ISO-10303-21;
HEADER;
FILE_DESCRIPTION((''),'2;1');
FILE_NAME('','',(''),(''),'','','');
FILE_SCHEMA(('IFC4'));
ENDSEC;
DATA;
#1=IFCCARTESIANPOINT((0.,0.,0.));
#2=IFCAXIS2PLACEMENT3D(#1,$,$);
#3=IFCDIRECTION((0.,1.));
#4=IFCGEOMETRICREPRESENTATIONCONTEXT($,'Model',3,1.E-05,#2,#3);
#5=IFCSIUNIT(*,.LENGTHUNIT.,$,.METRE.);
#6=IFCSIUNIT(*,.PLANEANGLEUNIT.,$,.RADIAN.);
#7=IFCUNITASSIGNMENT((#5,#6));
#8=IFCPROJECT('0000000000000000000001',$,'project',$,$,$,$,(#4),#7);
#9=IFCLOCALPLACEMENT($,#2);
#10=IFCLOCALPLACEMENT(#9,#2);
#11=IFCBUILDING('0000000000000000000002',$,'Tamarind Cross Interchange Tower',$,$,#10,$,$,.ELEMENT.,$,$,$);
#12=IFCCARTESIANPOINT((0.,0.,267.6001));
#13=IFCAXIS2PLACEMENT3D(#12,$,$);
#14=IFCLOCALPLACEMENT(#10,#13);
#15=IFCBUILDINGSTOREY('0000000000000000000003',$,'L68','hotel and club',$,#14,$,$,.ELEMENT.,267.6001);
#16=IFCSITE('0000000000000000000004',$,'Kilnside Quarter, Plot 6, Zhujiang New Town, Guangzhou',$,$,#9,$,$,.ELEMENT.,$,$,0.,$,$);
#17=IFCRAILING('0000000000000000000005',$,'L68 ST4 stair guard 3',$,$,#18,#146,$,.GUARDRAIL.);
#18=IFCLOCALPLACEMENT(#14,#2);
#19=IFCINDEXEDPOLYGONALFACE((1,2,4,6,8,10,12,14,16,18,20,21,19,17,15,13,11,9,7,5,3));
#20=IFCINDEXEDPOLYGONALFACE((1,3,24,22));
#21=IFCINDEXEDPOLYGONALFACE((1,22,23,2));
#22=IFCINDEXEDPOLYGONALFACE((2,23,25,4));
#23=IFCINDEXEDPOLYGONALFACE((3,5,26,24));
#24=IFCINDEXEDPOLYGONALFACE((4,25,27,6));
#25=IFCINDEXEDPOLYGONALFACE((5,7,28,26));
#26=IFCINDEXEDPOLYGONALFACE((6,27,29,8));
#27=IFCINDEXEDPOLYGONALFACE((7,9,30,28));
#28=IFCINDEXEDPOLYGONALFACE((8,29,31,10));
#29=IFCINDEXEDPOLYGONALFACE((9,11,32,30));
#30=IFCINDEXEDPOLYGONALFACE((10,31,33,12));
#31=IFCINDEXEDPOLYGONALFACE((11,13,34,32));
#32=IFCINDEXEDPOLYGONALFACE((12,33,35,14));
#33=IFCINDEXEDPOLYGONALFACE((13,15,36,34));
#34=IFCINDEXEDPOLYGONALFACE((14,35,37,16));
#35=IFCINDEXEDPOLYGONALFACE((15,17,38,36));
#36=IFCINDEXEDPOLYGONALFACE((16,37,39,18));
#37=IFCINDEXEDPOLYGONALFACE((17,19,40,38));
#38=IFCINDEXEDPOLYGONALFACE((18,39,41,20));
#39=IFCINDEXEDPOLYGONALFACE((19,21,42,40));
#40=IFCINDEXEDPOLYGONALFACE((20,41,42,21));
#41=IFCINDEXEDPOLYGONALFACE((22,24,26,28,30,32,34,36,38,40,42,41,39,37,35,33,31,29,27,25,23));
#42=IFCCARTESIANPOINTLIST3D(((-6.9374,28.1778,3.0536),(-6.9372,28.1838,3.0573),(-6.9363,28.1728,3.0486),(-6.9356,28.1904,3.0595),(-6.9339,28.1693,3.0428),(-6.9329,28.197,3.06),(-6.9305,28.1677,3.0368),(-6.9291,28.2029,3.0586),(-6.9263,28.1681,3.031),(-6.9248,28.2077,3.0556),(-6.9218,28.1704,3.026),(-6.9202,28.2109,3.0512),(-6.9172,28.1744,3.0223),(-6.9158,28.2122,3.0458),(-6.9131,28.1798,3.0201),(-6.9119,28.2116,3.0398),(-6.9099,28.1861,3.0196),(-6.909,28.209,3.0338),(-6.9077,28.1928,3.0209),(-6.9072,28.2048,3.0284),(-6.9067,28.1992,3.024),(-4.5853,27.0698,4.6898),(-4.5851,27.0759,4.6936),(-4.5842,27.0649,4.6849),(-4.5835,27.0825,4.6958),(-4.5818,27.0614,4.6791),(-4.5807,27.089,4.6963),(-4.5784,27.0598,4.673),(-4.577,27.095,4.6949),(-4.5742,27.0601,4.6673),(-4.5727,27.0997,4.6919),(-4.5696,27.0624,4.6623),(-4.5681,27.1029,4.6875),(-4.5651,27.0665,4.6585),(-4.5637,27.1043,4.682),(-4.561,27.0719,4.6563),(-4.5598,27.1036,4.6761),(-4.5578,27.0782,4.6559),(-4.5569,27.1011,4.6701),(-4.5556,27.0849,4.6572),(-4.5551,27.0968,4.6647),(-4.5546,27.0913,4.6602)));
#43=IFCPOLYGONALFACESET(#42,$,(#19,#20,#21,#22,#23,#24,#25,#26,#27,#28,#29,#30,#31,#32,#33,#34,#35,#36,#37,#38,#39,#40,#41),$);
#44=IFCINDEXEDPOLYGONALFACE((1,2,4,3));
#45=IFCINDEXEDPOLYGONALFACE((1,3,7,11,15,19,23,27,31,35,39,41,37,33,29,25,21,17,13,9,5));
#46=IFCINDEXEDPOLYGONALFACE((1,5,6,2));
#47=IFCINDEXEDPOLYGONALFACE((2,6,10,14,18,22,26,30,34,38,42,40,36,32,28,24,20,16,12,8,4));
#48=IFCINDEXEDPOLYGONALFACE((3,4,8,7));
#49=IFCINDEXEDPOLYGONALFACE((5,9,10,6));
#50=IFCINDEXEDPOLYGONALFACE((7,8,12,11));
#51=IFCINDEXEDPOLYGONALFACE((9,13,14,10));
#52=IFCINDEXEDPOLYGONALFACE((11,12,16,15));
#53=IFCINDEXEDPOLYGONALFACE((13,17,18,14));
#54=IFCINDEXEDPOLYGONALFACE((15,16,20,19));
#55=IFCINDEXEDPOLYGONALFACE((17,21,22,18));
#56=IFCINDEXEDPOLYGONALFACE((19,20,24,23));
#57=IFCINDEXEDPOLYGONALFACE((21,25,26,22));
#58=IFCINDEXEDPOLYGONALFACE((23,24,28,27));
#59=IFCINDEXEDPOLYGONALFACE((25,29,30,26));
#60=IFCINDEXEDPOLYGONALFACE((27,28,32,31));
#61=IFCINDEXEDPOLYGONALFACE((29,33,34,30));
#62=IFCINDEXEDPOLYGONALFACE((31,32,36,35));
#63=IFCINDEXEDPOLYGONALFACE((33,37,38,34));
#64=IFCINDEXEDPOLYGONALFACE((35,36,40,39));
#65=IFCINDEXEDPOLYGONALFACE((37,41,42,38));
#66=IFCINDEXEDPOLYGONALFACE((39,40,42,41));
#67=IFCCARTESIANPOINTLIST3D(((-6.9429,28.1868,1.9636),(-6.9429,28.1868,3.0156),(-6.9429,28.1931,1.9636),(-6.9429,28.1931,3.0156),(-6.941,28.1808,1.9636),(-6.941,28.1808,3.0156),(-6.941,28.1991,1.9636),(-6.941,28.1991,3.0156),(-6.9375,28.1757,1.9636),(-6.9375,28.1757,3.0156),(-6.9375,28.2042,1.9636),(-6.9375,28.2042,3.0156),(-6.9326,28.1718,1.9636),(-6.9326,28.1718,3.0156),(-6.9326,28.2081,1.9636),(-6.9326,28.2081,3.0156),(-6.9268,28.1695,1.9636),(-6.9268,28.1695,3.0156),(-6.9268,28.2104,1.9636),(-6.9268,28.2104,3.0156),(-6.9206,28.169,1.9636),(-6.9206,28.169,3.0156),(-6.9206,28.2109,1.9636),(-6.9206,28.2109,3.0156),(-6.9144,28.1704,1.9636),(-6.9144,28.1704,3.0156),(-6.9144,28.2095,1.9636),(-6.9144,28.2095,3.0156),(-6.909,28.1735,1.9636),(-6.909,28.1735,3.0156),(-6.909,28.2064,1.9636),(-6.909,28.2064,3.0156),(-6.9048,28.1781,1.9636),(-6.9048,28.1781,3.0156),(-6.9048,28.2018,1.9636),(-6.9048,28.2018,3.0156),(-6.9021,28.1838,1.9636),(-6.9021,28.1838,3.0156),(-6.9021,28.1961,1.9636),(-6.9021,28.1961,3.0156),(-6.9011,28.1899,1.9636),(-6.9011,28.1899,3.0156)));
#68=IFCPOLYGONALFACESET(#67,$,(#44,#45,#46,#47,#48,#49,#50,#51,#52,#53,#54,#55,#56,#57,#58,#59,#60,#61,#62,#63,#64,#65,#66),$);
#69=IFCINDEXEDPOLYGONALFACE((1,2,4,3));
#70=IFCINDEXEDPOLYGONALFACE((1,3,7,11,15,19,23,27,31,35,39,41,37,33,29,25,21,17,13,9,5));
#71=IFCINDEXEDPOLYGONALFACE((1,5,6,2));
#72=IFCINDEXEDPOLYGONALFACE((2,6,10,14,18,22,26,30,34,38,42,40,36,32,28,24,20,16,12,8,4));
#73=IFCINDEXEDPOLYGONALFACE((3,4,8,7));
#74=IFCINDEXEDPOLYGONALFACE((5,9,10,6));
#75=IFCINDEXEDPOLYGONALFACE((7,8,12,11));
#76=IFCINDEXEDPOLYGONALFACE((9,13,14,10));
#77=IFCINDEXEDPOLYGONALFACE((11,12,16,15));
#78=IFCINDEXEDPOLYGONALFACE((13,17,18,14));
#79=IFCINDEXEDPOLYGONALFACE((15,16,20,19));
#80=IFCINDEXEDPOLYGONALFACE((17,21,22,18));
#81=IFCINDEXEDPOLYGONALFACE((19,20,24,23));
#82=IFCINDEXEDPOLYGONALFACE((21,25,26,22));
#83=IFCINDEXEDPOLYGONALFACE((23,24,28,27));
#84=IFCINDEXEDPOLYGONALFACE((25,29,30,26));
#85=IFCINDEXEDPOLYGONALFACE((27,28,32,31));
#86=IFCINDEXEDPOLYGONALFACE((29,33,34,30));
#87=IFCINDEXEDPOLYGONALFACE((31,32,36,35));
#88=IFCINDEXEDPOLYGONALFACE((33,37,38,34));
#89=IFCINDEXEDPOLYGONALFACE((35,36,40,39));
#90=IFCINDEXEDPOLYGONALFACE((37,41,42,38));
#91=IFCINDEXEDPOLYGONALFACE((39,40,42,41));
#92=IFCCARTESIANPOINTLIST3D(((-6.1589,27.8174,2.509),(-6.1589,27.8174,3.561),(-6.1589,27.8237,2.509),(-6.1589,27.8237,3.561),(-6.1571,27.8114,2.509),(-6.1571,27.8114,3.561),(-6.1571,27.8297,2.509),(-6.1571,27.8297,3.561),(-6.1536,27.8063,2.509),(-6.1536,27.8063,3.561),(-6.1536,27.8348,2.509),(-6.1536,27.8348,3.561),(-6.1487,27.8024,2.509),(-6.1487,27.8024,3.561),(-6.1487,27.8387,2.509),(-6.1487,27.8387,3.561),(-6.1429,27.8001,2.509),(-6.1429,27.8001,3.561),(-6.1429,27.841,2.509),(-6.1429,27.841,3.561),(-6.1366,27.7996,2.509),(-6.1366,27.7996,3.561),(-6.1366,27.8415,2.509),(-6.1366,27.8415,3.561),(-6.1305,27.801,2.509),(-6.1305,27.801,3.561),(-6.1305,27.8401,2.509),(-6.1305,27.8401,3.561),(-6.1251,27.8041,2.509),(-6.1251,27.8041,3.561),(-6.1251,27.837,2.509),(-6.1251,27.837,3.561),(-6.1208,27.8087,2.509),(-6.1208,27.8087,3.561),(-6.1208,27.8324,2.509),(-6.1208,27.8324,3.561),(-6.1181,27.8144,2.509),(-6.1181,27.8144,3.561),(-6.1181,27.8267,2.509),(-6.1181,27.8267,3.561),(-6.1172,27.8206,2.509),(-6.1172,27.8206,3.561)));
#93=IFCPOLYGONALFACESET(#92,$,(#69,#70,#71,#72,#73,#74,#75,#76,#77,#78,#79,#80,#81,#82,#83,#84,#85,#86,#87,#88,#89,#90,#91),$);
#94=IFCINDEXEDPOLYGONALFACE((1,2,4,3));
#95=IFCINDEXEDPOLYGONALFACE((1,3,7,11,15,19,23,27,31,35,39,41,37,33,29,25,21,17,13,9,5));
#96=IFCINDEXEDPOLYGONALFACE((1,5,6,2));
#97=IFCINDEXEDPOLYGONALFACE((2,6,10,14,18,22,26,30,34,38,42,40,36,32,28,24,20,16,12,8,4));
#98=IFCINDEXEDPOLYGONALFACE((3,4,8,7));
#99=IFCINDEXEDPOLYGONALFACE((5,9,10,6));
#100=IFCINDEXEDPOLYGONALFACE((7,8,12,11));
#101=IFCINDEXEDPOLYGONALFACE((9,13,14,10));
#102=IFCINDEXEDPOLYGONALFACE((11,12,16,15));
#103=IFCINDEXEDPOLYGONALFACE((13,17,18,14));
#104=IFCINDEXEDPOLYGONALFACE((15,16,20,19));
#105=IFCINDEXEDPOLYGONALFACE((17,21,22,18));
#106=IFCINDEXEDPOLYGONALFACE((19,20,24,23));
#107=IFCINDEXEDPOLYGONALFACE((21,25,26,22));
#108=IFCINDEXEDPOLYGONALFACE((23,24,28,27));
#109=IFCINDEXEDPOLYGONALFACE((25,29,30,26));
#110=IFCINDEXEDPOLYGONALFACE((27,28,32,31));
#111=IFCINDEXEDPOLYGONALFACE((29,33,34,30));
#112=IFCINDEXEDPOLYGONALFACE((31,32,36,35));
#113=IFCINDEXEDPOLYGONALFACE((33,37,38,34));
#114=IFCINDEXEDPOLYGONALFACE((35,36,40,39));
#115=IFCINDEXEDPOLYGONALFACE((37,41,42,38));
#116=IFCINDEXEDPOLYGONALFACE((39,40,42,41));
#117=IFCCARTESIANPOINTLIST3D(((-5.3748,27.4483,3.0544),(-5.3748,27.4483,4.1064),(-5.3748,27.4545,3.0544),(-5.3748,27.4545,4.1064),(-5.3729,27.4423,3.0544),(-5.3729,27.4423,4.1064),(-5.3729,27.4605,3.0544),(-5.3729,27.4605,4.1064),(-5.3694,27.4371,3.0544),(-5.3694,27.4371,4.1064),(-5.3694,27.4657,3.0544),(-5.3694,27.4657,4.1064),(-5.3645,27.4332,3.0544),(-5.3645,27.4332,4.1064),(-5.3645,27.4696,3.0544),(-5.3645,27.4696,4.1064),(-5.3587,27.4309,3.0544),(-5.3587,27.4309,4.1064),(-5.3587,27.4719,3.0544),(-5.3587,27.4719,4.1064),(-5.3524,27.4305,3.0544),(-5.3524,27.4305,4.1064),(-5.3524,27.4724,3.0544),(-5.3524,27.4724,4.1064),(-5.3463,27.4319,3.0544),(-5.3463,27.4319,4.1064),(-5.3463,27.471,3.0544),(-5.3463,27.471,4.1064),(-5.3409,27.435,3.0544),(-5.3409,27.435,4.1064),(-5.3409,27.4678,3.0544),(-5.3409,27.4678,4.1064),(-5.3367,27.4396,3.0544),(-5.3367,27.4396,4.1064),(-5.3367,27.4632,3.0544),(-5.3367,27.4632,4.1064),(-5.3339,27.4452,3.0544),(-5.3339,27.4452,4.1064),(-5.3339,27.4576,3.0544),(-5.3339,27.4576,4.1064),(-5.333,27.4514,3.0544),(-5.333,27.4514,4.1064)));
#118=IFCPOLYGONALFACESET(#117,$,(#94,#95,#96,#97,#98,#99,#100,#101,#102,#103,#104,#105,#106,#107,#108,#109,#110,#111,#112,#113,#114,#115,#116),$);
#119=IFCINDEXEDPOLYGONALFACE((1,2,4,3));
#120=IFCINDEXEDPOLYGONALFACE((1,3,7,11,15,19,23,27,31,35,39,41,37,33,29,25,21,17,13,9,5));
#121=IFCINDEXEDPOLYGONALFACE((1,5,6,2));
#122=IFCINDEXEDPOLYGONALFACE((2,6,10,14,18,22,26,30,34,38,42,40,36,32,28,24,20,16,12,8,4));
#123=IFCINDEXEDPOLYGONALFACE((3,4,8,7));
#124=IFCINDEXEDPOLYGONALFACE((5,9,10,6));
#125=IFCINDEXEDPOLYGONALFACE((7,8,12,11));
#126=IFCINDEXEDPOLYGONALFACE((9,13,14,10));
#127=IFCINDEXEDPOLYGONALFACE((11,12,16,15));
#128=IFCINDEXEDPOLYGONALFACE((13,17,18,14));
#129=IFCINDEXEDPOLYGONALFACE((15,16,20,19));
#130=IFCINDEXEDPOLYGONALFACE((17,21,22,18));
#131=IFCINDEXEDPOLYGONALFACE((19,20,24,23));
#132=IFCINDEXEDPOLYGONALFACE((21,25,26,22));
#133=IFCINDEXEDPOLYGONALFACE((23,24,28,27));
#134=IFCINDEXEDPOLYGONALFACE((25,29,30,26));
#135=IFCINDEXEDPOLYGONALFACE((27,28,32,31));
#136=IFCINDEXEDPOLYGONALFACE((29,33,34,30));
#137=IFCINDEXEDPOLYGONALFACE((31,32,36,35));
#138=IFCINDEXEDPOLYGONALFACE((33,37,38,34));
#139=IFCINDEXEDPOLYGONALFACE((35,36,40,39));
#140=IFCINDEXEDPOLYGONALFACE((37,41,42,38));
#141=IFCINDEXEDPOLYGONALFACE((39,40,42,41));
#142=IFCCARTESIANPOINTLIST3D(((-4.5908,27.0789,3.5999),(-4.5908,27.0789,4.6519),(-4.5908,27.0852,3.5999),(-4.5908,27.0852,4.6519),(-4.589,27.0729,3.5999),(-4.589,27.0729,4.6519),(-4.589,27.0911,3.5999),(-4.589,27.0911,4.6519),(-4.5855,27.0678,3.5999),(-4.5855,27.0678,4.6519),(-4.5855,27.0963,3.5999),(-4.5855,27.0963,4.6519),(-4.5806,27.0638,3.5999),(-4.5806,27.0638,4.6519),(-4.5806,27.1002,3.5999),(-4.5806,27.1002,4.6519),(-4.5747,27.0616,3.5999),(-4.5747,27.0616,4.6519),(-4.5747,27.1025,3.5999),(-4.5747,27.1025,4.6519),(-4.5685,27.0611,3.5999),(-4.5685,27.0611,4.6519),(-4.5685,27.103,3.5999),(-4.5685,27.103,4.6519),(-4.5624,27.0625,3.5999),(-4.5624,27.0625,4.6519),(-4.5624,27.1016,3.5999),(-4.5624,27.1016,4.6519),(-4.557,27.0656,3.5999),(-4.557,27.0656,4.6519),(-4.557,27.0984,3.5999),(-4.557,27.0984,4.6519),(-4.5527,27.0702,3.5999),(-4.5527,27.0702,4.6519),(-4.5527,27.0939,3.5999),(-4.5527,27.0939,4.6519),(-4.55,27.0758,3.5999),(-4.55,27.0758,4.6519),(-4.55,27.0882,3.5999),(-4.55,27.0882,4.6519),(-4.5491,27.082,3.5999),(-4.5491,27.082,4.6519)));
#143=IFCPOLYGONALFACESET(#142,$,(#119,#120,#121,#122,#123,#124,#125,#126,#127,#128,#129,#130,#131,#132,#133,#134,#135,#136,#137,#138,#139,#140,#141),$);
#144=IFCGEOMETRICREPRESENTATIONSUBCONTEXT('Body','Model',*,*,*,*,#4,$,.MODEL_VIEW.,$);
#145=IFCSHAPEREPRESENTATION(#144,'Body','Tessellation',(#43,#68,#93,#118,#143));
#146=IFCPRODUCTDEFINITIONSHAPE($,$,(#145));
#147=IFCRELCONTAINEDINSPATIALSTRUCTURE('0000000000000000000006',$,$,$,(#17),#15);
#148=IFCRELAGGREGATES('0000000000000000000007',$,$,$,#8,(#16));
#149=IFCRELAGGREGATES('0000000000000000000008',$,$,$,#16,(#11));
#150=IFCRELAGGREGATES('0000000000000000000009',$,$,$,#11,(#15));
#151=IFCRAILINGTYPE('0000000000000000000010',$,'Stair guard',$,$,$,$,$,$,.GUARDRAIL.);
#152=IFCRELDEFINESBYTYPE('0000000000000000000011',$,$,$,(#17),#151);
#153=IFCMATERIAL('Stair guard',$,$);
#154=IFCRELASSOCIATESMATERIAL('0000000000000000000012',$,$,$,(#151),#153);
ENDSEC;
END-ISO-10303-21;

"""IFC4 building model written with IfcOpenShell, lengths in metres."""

from ifc_helpers import new_model, si_unit, direction, frame, origin, origin_2d, place, context, subcontext, project, spatial, circle, extrude, material, type_object, element, save


model = new_model("IFC4")

# Units and contexts
model_context = context("Model", 3, precision=1e-05, world=origin(), true_north=direction((0.0, 1.0)))
body_context = subcontext(model_context, "Body", "Model", "MODEL_VIEW")
ifc_project = project(units=[si_unit("LENGTHUNIT", "METRE"), si_unit("PLANEANGLEUNIT", "RADIAN")], contexts=[model_context])

# Site, building, storey
site_placement = place(None, origin())
site = spatial("IfcSite", under=ifc_project, at=site_placement, Name="Kilnside Quarter, Plot 6, Zhujiang New Town, Guangzhou", CompositionType="ELEMENT", RefElevation=0.0)
building_placement = place(site_placement, origin())
building = spatial("IfcBuilding", under=site, at=building_placement, Name="Tamarind Cross Interchange Tower", CompositionType="ELEMENT")
storey_placement = place(building_placement, frame((0.0, 0.0, 267.6001)))
storey = spatial("IfcBuildingStorey", under=building, at=storey_placement, Name="L68", Description="hotel and club", CompositionType="ELEMENT", Elevation=267.6001)

# Railing
ifc_material_1 = material(Name="Stair guard")
railing_type_1 = type_object("IfcRailingType", Name="Stair guard", PredefinedType="GUARDRAIL", material=ifc_material_1)
railing_1_placement = place(storey_placement, frame((-6.9221, 28.1899, 1.9636)))
element("IfcRailing", 1, at=railing_1_placement, inside=storey, type_object=railing_type_1, Name="L68 ST4 stair guard 3", PredefinedType="GUARDRAIL", context=body_context, shape_type="SweptSolid", body=[
    extrude(circle(Radius=0.0239, at=origin_2d()), frame((0.0, 0.0, 1.0762), z_axis=(0.765655, -0.360654, 0.532636), x_axis=(0.426132, 0.904661, 0.0)), (0.0, 0.0, 1.0), 3.072),
    extrude(circle(Radius=0.021, at=origin_2d()), origin(), (0.0, 0.0, 1.0), 1.052),
    extrude(circle(Radius=0.021, at=origin_2d()), frame((0.7839, -0.3694, 0.5454)), (0.0, 0.0, 1.0), 1.052),
    extrude(circle(Radius=0.021, at=origin_2d()), frame((1.5681, -0.7385, 1.0908)), (0.0, 0.0, 1.0), 1.052),
    extrude(circle(Radius=0.021, at=origin_2d()), frame((2.3521, -1.1079, 1.6362)), (0.0, 0.0, 1.0), 1.052),
])

save(model, "model.ifc")
